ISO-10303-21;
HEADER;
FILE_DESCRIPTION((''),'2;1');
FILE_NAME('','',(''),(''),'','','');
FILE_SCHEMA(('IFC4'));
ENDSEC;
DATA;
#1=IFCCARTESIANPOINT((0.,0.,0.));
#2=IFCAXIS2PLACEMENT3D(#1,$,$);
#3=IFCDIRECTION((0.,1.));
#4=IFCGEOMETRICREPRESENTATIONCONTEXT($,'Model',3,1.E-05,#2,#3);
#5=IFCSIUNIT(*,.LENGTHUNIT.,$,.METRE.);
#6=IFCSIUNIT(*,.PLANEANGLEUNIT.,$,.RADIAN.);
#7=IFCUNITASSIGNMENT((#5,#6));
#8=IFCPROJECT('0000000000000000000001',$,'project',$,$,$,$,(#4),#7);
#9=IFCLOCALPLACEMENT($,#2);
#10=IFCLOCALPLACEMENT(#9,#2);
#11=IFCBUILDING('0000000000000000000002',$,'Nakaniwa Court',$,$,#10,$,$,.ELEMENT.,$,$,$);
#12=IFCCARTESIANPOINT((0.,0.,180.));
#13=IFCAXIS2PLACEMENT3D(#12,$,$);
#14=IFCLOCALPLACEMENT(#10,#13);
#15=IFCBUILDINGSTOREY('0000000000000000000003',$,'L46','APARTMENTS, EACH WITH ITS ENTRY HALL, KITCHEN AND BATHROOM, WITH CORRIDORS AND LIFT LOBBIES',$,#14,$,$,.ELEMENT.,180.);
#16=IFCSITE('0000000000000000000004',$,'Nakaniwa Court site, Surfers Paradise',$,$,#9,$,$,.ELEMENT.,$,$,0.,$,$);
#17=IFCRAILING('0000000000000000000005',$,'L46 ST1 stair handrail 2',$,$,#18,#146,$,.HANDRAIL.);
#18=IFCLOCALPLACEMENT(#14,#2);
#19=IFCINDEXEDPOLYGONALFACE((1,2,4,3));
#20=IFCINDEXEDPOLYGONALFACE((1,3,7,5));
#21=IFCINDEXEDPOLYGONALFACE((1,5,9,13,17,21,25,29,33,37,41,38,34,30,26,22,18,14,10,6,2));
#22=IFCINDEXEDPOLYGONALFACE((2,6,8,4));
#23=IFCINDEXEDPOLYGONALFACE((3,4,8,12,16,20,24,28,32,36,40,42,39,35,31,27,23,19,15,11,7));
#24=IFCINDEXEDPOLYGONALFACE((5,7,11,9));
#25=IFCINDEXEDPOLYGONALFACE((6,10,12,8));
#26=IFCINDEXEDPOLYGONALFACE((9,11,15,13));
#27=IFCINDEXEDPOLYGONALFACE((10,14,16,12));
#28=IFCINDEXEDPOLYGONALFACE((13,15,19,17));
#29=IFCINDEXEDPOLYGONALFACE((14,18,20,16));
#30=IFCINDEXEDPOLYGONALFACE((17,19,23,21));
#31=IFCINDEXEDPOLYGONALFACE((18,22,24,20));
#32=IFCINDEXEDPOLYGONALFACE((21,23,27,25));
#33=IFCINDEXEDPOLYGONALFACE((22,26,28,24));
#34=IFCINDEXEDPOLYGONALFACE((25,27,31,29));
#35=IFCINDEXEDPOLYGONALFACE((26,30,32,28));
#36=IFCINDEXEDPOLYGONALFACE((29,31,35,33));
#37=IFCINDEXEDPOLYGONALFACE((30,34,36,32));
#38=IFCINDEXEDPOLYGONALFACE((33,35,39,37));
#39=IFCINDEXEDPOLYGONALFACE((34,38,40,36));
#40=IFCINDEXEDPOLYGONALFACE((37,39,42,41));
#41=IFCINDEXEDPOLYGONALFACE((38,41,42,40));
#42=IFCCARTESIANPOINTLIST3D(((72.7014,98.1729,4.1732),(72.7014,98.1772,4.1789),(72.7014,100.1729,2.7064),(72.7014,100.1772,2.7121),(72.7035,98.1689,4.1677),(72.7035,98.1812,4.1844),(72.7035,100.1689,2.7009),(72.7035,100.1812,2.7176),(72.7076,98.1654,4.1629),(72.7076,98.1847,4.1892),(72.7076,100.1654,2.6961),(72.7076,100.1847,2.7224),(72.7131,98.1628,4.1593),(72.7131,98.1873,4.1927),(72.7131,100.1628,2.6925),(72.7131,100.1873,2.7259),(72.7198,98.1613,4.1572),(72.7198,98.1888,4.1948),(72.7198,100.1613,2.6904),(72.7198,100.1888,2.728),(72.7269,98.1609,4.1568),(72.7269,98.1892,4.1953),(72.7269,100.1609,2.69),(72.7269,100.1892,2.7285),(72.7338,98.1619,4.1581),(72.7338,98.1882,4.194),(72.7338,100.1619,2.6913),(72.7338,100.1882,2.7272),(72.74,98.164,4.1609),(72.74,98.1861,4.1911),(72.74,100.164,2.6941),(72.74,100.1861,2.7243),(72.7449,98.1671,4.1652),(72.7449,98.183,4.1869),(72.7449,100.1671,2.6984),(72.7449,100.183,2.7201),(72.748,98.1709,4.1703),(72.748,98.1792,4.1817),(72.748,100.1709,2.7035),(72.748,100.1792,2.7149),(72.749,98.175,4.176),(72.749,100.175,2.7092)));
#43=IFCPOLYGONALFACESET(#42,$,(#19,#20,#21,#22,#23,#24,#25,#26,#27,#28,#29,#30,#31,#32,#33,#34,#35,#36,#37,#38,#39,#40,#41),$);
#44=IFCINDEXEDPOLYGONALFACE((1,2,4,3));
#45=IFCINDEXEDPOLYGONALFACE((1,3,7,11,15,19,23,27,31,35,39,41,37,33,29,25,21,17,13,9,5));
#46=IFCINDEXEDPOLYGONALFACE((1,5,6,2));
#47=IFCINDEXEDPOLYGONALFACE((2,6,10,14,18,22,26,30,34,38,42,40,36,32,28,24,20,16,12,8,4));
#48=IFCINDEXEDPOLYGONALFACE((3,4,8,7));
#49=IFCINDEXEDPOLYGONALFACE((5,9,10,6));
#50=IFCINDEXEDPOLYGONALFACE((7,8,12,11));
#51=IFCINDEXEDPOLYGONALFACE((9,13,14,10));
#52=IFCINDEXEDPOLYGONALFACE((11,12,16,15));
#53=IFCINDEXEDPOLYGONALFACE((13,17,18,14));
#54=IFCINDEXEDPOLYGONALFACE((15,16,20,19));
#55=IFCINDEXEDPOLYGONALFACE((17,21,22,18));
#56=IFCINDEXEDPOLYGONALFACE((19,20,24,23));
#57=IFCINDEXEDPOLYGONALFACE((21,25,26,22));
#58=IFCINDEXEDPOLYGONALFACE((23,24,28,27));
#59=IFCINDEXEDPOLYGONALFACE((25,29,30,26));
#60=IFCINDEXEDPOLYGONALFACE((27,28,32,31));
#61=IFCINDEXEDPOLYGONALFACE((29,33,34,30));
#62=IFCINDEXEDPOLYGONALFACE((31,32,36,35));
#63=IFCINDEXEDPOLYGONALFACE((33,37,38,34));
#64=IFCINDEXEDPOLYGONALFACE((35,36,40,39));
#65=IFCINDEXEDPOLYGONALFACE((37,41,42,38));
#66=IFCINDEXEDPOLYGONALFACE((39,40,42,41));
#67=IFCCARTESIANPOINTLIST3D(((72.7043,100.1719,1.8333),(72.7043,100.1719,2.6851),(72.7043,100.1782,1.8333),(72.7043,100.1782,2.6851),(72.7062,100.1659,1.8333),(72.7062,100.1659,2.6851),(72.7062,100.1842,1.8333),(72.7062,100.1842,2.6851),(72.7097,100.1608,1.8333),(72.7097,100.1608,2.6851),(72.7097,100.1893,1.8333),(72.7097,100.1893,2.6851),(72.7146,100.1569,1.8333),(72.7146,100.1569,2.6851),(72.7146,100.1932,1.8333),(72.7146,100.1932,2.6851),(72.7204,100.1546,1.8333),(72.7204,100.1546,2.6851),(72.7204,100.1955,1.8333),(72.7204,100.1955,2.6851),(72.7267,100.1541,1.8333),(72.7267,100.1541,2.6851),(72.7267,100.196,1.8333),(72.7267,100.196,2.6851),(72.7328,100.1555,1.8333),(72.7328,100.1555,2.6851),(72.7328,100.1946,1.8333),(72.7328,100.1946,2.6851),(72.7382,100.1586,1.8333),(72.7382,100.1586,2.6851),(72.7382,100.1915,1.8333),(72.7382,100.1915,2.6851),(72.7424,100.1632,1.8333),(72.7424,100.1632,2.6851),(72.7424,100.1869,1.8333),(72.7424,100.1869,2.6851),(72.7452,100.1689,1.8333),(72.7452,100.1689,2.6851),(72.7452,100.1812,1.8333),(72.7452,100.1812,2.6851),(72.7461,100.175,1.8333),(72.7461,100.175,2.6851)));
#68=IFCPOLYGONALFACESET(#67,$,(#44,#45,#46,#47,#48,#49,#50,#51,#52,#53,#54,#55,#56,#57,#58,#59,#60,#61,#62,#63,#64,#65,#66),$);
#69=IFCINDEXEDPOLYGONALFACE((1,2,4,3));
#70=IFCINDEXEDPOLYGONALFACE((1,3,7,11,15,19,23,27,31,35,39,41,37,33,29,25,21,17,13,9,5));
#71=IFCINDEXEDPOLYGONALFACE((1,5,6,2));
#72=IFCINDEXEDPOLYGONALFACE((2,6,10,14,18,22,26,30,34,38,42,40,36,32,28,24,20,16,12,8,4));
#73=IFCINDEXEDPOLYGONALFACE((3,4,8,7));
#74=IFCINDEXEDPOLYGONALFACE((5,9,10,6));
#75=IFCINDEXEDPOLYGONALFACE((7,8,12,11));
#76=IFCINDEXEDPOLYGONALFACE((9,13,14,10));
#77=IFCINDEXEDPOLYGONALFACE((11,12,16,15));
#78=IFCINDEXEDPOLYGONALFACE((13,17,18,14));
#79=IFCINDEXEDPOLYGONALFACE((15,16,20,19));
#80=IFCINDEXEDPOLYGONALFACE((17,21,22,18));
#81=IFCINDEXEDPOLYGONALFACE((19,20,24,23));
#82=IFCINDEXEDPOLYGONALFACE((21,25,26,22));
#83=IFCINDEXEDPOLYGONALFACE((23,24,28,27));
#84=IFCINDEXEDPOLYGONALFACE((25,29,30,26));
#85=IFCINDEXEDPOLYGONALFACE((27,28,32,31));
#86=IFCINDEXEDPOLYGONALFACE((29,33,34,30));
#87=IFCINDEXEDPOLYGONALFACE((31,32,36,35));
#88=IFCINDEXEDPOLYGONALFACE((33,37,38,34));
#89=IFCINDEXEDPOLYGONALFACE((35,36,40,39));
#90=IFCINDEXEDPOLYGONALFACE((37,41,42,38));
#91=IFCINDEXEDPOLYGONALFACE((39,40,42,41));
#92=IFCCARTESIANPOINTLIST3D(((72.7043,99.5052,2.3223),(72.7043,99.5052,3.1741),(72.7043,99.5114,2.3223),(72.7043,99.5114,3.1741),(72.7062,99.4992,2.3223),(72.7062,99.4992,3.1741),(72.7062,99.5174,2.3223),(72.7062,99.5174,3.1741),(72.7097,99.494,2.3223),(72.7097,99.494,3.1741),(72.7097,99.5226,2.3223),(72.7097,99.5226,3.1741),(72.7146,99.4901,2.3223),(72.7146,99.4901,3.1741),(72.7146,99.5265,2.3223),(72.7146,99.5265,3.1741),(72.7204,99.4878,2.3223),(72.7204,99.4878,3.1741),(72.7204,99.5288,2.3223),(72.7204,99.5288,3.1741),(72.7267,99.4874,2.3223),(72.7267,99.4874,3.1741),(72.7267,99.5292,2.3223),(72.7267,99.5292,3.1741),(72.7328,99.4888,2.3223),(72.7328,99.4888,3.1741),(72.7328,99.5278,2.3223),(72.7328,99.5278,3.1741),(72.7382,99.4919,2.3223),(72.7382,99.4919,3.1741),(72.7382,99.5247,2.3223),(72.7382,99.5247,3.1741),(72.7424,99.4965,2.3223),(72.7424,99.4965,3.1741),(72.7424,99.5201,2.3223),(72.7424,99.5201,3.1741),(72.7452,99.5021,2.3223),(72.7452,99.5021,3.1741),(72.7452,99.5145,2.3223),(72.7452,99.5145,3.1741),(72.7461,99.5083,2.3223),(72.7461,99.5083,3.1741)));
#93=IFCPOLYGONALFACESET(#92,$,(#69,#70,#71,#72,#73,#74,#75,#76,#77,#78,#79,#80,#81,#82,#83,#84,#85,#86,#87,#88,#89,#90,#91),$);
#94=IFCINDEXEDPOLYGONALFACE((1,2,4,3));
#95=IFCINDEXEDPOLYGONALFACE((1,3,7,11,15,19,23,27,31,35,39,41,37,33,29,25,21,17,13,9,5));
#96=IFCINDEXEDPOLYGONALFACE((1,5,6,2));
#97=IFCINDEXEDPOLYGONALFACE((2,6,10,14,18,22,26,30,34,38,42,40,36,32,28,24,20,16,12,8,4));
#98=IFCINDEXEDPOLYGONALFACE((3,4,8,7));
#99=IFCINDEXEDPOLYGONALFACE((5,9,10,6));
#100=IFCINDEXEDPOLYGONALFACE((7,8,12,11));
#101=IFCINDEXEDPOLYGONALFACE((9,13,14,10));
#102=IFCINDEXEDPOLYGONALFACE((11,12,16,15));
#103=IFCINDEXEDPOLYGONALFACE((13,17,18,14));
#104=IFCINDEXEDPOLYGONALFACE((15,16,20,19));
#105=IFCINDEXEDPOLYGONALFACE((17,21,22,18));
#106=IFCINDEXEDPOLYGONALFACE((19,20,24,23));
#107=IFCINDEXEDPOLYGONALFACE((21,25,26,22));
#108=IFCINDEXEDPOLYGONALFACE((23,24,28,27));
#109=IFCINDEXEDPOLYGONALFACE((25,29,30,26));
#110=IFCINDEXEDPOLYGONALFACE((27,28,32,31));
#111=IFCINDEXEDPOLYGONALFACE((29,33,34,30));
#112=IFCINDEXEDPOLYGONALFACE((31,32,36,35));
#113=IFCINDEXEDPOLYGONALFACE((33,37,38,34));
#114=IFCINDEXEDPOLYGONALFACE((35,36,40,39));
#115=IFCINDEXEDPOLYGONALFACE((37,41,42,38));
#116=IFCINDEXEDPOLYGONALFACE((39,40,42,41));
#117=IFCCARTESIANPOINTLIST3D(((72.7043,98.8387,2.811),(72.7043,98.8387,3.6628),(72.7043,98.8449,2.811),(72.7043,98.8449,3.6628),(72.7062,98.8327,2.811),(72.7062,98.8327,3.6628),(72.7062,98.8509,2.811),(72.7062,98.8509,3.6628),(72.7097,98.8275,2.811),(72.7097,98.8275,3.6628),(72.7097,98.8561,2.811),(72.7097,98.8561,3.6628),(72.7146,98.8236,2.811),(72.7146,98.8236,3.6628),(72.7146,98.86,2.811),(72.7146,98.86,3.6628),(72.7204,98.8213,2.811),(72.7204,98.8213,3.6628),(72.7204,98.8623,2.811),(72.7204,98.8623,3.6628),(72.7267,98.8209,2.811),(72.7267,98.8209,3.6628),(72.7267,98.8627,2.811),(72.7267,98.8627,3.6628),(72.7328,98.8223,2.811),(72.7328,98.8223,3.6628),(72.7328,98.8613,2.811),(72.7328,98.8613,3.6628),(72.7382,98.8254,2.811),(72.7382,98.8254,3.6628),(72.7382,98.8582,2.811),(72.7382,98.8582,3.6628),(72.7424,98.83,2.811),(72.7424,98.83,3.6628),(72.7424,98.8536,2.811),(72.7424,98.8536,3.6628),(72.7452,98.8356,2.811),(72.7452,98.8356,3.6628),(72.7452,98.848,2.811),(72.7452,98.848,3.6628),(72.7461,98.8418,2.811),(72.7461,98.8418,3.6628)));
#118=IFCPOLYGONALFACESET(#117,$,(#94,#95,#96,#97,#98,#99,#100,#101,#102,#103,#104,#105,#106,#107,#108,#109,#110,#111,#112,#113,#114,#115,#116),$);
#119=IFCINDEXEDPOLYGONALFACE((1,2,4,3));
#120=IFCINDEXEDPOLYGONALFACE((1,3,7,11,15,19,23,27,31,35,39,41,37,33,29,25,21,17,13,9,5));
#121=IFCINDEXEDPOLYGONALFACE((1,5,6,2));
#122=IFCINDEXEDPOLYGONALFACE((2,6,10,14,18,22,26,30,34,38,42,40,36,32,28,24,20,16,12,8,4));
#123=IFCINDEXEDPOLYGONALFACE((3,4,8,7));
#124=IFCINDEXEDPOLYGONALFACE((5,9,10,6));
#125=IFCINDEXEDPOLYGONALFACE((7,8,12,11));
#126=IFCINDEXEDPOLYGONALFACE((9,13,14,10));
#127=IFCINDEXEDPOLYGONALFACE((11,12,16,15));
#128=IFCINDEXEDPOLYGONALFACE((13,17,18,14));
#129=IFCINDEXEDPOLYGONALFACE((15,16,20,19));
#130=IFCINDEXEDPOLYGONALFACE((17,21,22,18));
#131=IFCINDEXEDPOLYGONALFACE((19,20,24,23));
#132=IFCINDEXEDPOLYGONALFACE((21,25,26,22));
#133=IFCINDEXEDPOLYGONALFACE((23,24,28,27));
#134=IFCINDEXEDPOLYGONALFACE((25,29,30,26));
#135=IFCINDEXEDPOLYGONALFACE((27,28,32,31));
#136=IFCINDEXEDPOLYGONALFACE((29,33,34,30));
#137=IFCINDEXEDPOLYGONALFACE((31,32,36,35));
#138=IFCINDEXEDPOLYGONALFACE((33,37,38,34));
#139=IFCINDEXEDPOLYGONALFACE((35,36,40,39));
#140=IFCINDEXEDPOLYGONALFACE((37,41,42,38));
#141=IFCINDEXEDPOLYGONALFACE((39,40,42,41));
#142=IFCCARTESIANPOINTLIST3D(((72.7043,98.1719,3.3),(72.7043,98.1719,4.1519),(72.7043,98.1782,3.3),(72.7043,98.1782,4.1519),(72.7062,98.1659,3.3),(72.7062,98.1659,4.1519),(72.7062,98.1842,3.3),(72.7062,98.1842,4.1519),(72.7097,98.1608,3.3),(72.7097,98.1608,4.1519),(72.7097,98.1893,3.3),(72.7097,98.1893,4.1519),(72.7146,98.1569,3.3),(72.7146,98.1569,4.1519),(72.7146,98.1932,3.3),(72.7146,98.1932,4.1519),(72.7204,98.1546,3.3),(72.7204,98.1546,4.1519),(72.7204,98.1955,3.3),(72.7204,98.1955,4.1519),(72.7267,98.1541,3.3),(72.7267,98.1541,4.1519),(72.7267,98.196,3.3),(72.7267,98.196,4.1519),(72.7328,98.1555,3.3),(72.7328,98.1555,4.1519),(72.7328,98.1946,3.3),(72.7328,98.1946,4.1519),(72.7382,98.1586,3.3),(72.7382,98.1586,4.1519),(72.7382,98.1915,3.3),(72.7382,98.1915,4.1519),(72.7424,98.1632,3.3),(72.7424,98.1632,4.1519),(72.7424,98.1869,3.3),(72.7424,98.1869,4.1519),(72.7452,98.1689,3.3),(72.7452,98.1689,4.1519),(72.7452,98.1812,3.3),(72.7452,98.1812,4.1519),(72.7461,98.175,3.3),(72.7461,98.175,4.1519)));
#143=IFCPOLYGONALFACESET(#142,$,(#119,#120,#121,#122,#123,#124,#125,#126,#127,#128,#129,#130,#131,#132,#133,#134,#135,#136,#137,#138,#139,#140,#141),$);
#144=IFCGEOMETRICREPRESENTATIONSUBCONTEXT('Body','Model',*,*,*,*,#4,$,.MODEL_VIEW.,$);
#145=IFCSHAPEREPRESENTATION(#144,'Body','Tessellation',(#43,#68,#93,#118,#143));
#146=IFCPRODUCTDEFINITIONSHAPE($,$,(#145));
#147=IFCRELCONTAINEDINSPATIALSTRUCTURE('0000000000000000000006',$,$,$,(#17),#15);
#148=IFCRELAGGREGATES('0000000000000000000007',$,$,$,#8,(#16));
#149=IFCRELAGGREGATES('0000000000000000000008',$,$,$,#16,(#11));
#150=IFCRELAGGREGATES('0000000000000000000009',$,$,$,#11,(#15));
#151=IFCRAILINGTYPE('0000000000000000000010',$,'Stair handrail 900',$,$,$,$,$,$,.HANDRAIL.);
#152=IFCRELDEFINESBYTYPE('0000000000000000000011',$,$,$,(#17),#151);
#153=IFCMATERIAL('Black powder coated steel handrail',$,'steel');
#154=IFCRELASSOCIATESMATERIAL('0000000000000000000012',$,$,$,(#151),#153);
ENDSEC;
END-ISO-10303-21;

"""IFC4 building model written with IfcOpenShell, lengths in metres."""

from ifc_helpers import new_model, si_unit, direction, frame, origin, origin_2d, place, context, subcontext, project, spatial, circle, extrude, material, type_object, element, save


model = new_model("IFC4")

# Units and contexts
model_context = context("Model", 3, precision=1e-05, world=origin(), true_north=direction((0.0, 1.0)))
body_context = subcontext(model_context, "Body", "Model", "MODEL_VIEW")
ifc_project = project(units=[si_unit("LENGTHUNIT", "METRE"), si_unit("PLANEANGLEUNIT", "RADIAN")], contexts=[model_context])

# Site, building, storey
site_placement = place(None, origin())
site = spatial("IfcSite", under=ifc_project, at=site_placement, Name="Nakaniwa Court site, Surfers Paradise", CompositionType="ELEMENT", RefElevation=0.0)
building_placement = place(site_placement, origin())
building = spatial("IfcBuilding", under=site, at=building_placement, Name="Nakaniwa Court", CompositionType="ELEMENT")
storey_placement = place(building_placement, frame((0.0, 0.0, 180.0)))
storey = spatial("IfcBuildingStorey", under=building, at=storey_placement, Name="L46", Description="APARTMENTS, EACH WITH ITS ENTRY HALL, KITCHEN AND BATHROOM, WITH CORRIDORS AND LIFT LOBBIES", CompositionType="ELEMENT", Elevation=180.0)

# Railing
ifc_material_1 = material(Name="Black powder coated steel handrail", Category="steel")
railing_type_1 = type_object("IfcRailingType", Name="Stair handrail 900", PredefinedType="HANDRAIL", material=ifc_material_1)
railing_1_placement = place(storey_placement, frame((72.7251, 100.175, 1.8333)))
element("IfcRailing", 1, at=railing_1_placement, inside=storey, type_object=railing_type_1, Name="L46 ST1 stair handrail 2", PredefinedType="HANDRAIL", context=body_context, shape_type="SweptSolid", body=[
    extrude(circle(Radius=0.0239, at=origin_2d()), frame((0.0, 0.0, 0.876), z_axis=(0.0, -0.80638, 0.591398), x_axis=(1.0, 0.0, 0.0)), (0.0, 0.0, 1.0), 2.4802),
    extrude(circle(Radius=0.021, at=origin_2d()), origin(), (0.0, 0.0, 1.0), 0.8518),
    extrude(circle(Radius=0.021, at=origin_2d()), frame((0.0, -0.6667, 0.489)), (0.0, 0.0, 1.0), 0.8518),
    extrude(circle(Radius=0.021, at=origin_2d()), frame((0.0, -1.3333, 0.9778)), (0.0, 0.0, 1.0), 0.8518),
    extrude(circle(Radius=0.021, at=origin_2d()), frame((0.0, -2.0, 1.4668)), (0.0, 0.0, 1.0), 0.8518),
])

save(model, "model.ifc")
